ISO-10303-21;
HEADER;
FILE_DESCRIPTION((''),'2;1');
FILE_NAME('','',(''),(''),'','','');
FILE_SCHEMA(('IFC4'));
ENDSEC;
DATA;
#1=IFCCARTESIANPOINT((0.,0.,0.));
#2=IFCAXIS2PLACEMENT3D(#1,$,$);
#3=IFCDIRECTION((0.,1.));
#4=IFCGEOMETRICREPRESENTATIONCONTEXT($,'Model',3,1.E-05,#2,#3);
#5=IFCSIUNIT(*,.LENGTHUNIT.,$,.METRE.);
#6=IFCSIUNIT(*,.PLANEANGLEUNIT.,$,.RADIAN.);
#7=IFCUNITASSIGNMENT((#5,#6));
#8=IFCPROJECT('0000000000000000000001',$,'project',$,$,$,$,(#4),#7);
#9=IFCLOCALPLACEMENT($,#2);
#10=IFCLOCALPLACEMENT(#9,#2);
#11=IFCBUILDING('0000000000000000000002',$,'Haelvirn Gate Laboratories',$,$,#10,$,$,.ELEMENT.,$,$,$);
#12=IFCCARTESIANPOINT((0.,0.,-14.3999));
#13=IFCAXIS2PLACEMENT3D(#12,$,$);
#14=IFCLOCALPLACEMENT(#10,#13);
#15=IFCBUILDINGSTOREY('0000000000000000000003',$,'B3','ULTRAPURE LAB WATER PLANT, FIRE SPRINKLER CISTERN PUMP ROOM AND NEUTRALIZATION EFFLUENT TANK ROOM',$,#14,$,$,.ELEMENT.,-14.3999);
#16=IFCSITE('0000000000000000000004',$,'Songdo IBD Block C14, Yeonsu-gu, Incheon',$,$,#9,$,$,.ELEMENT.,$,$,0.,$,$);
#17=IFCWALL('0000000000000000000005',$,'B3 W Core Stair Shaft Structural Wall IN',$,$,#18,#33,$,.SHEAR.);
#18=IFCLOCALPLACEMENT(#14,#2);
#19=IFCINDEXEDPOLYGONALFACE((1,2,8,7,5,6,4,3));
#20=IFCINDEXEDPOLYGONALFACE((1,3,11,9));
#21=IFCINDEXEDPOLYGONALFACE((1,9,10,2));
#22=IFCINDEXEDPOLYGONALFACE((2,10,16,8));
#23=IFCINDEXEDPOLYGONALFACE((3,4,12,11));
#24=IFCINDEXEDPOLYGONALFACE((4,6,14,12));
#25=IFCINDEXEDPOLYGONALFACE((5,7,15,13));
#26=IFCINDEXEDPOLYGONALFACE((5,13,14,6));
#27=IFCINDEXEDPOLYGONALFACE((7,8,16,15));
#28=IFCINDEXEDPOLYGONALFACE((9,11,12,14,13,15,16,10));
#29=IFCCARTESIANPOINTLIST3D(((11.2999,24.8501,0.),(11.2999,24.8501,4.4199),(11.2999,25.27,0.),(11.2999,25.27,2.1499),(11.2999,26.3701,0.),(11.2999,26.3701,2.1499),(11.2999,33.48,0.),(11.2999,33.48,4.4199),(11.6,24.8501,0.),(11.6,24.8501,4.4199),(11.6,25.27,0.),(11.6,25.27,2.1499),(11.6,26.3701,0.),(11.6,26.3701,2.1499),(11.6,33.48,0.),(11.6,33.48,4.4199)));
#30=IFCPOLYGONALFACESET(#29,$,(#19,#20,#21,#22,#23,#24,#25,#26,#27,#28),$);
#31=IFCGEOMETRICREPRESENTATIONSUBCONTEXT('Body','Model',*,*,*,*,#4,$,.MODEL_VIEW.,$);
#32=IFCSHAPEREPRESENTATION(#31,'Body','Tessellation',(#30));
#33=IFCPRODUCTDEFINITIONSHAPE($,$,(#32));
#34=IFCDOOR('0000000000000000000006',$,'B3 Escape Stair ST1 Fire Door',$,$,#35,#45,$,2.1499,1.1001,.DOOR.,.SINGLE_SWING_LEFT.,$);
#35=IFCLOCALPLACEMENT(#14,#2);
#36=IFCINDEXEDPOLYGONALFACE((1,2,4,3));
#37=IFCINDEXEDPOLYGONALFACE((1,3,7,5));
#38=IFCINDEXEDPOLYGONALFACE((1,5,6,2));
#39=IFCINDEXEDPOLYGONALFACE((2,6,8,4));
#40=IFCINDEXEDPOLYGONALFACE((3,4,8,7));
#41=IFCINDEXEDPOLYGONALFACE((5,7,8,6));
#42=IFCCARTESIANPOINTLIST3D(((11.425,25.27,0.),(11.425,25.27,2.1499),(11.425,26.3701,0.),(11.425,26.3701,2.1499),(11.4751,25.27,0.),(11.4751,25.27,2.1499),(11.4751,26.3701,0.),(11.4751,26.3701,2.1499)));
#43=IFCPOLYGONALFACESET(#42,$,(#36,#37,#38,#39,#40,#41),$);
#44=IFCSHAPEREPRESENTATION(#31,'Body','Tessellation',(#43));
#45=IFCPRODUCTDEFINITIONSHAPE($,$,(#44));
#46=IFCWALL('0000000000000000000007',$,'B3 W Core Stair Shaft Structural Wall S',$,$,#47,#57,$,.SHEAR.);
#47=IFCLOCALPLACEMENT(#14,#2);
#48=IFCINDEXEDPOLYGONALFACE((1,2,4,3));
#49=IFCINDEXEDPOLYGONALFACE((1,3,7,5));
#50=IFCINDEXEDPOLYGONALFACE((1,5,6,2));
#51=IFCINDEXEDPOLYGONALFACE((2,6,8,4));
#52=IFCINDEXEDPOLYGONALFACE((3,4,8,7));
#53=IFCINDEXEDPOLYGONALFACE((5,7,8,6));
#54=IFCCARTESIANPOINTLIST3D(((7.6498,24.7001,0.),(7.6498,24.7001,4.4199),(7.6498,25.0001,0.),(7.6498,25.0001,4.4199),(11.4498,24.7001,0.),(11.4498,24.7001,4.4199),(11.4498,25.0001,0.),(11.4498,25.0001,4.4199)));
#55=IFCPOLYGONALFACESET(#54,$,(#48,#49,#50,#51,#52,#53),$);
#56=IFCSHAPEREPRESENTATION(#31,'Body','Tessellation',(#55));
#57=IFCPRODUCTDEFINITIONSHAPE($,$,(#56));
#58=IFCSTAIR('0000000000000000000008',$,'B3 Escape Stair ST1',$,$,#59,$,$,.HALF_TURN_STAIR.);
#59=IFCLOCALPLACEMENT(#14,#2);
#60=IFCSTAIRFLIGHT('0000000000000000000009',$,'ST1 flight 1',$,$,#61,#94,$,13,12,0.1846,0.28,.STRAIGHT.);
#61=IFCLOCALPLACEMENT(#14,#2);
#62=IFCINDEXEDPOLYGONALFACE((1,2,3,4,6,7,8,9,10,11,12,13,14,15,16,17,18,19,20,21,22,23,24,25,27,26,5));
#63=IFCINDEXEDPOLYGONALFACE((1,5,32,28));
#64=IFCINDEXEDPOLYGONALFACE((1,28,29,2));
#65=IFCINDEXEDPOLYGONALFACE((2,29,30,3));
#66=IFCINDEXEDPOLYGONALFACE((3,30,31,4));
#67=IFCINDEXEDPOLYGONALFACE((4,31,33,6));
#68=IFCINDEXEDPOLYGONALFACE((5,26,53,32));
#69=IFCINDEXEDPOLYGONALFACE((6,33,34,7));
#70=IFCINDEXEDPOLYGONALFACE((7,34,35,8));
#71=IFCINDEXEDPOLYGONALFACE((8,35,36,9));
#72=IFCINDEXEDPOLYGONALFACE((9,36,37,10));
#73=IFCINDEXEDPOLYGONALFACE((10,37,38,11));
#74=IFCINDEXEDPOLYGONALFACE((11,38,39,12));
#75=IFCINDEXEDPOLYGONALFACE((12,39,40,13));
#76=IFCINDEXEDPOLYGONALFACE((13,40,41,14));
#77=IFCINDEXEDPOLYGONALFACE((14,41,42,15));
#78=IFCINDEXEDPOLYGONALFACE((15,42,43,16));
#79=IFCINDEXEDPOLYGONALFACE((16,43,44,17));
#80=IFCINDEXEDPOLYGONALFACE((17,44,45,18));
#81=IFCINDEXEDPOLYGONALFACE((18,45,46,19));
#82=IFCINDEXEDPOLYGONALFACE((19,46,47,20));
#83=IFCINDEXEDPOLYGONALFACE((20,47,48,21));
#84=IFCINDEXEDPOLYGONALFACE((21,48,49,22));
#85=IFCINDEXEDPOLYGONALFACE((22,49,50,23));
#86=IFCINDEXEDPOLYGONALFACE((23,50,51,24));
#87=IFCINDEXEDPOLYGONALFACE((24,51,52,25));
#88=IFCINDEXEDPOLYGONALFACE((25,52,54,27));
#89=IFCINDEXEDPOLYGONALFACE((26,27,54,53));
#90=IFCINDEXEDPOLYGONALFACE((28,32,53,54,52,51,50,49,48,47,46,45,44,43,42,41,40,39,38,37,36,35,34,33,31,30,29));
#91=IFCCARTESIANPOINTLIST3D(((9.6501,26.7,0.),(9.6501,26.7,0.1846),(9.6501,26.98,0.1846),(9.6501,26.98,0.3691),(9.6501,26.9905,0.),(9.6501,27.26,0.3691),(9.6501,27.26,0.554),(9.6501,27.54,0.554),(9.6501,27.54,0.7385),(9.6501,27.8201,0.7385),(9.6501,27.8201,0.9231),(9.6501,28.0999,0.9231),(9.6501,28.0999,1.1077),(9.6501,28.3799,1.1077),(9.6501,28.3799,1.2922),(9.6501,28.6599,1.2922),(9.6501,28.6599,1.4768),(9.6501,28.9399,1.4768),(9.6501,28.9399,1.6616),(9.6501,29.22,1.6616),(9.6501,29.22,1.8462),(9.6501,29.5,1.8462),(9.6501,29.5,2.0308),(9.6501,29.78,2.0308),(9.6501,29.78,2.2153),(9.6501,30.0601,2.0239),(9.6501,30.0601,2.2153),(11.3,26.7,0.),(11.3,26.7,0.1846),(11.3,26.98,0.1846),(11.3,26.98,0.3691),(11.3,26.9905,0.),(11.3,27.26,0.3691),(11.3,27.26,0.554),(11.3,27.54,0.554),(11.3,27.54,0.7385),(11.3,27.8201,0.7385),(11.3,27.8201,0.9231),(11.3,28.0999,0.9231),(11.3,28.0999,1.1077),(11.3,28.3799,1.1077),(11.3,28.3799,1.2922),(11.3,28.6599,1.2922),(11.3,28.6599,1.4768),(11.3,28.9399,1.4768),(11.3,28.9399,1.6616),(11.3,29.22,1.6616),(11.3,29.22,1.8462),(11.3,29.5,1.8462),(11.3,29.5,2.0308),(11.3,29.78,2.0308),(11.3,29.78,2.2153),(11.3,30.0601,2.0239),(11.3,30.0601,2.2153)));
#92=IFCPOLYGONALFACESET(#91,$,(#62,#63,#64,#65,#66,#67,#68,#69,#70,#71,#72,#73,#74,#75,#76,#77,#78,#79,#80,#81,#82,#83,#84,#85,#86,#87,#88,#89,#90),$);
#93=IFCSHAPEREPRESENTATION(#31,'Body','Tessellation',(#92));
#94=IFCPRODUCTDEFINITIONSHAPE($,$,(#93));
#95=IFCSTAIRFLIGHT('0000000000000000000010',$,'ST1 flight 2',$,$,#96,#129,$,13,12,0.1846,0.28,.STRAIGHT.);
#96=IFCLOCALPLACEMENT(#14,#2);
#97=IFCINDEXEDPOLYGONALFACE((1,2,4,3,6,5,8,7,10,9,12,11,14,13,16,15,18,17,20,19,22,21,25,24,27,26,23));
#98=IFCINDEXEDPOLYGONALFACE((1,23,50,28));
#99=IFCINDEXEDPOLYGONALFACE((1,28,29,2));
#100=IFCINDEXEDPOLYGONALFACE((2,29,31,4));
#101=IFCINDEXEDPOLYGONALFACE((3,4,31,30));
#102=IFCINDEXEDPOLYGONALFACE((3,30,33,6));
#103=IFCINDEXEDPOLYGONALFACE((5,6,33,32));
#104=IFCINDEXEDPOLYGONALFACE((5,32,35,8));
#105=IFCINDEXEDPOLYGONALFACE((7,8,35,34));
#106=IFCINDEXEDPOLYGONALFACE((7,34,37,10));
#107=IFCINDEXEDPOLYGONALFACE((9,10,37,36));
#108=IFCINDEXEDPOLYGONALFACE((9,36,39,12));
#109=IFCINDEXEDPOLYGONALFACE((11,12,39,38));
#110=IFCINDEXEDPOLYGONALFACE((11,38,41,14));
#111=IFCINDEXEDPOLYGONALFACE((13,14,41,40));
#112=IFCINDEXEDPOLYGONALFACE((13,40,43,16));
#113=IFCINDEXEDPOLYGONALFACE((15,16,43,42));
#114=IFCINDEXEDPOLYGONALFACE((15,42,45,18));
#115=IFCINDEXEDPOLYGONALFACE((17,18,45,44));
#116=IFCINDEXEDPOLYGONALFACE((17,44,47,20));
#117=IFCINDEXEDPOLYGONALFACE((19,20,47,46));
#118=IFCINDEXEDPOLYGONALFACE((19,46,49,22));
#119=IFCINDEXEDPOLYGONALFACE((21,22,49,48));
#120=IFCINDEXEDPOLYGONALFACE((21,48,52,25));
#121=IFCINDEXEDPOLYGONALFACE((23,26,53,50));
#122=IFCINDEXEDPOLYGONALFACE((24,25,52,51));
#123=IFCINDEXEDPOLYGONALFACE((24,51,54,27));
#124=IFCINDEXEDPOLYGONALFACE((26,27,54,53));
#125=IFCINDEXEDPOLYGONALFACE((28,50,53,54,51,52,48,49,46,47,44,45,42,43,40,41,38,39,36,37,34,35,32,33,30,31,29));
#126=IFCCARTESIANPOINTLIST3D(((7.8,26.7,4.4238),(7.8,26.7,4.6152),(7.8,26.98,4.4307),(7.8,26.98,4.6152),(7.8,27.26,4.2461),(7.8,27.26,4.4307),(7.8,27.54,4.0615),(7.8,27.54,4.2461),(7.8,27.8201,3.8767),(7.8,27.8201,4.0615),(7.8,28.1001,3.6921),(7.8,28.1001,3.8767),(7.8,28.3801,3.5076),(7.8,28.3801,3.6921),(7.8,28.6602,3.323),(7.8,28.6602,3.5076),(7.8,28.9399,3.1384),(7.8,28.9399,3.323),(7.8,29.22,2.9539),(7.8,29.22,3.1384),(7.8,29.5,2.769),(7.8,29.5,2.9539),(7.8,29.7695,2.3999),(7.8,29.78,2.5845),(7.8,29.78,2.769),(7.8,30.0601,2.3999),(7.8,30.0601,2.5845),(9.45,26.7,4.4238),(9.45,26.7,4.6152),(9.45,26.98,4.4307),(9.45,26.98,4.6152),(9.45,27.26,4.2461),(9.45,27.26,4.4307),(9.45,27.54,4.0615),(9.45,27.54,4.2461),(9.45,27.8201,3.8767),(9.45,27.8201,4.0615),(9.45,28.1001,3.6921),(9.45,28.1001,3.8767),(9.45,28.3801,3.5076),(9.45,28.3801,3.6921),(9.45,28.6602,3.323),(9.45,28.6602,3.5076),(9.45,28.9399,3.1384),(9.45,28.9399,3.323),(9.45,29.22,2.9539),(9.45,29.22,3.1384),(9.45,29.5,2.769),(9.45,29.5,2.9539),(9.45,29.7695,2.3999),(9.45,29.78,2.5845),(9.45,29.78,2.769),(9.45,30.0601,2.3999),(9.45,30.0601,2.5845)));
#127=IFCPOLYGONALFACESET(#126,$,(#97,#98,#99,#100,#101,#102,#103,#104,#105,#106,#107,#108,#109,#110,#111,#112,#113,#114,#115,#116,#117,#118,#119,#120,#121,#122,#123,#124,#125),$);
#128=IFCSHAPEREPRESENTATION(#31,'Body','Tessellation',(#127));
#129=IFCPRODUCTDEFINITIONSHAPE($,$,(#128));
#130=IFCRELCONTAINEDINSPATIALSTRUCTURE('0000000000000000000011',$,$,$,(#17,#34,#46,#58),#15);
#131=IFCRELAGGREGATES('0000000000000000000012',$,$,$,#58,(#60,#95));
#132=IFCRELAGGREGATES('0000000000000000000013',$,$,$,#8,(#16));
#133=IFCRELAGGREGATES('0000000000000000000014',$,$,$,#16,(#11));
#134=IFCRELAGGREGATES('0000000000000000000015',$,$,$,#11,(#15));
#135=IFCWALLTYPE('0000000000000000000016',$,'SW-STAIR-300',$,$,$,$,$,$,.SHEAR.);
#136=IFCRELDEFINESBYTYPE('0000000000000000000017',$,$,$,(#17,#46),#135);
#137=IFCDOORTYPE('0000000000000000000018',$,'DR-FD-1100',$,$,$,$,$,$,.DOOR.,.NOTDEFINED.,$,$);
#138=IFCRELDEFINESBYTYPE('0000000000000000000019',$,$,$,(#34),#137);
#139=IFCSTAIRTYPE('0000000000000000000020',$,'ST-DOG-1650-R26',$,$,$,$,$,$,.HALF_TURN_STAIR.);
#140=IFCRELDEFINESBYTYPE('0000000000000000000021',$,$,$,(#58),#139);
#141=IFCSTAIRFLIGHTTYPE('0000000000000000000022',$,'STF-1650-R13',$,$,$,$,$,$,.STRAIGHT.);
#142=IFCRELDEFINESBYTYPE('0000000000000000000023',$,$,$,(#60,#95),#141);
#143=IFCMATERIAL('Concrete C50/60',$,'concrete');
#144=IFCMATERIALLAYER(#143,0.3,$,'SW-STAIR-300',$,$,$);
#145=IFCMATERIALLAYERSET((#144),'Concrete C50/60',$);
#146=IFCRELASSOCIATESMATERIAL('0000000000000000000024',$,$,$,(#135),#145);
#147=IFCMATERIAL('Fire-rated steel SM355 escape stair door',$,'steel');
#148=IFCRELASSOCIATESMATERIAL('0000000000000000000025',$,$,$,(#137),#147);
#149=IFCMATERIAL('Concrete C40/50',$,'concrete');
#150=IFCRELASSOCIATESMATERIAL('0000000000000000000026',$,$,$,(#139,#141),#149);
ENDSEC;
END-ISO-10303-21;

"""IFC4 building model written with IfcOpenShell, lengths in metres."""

from ifc_helpers import new_model, si_unit, direction, frame, frame_2d, origin, place, context, subcontext, project, spatial, polyline, rectangle, outline, extrude, source, transform, mapped, material, layer, layer_set, type_object, type_shapes, element, fill, aggregate, save


model = new_model("IFC4")

# Units and contexts
model_context = context("Model", 3, precision=1e-05, world=origin(), true_north=direction((0.0, 1.0)))
body_context = subcontext(model_context, "Body", "Model", "MODEL_VIEW")
ifc_project = project(units=[si_unit("LENGTHUNIT", "METRE"), si_unit("PLANEANGLEUNIT", "RADIAN")], contexts=[model_context])

# Site, building, storey
site_placement = place(None, origin())
site = spatial("IfcSite", under=ifc_project, at=site_placement, Name="Songdo IBD Block C14, Yeonsu-gu, Incheon", CompositionType="ELEMENT", RefElevation=0.0)
building_placement = place(site_placement, origin())
building = spatial("IfcBuilding", under=site, at=building_placement, Name="Haelvirn Gate Laboratories", CompositionType="ELEMENT")
storey_placement = place(building_placement, frame((0.0, 0.0, -14.3999)))
storey = spatial("IfcBuildingStorey", under=building, at=storey_placement, Name="B3", Description="ULTRAPURE LAB WATER PLANT, FIRE SPRINKLER CISTERN PUMP ROOM AND NEUTRALIZATION EFFLUENT TANK ROOM", CompositionType="ELEMENT", Elevation=-14.3999)

# Shared definitions
ifc_material_1 = material(Name="Concrete C50/60", Category="concrete")

# Shared definitions
ifc_material_2 = material(Name="Concrete C40/50", Category="concrete")

# Wall, opening, door
ifc_layer_1 = layer(ifc_material_1, 0.3, Name="SW-STAIR-300")
ifc_layer_set_1 = layer_set([ifc_layer_1], Name="Concrete C50/60")
wall_type_1 = type_object("IfcWallType", Name="SW-STAIR-300", PredefinedType="SHEAR", material=ifc_layer_set_1)
wall_1_placement = place(storey_placement, frame((11.45, 24.8501, 0.0), z_axis=(0.0, 0.0, 1.0), x_axis=(0.0, 1.0, 0.0)))
wall_1 = element("IfcWall", 1, at=wall_1_placement, inside=storey, type_object=wall_type_1, Name="B3 W Core Stair Shaft Structural Wall IN", PredefinedType="SHEAR", context=body_context, shape_type="SweptSolid", body=[
    extrude(rectangle(XDim=8.6299, YDim=0.3, at=frame_2d((4.3149, 0.0))), origin(), (0.0, 0.0, 1.0), 4.4199),
])
opening_1_placement = place(wall_1_placement, frame((0.4199, 0.0, 0.0)))
opening_1 = element("IfcOpeningElement", 2, at=opening_1_placement, cuts=wall_1, PredefinedType="OPENING", context=body_context, shape_type="SweptSolid", body=[
    extrude(rectangle(XDim=1.1001, YDim=2.1499, at=frame_2d((0.55, 1.075))), frame((0.0, 0.1602, 0.0), z_axis=(0.0, -1.0, 0.0), x_axis=(1.0, 0.0, 0.0)), (0.0, 0.0, 1.0), 0.3201),
])
ifc_material_3 = material(Name="Fire-rated steel SM355 escape stair door", Category="steel")
door_type_1 = type_object("IfcDoorType", Name="DR-FD-1100", OperationType="NOTDEFINED", PredefinedType="DOOR", material=ifc_material_3)
shared_shape_1 = source(origin(), body_context, "Body", "SweptSolid", [
    extrude(rectangle(XDim=1.1001, YDim=2.1499, at=frame_2d((0.55, 1.075))), frame((0.0, 0.0249, 0.0), z_axis=(0.0, -1.0, 0.0), x_axis=(1.0, 0.0, 0.0)), (0.0, 0.0, 1.0), 0.05),
])
type_shapes(door_type_1, [shared_shape_1])
door_1_placement = place(opening_1_placement, origin())
door_1 = element("IfcDoor", 3, at=door_1_placement, inside=storey, type_object=door_type_1, Name="B3 Escape Stair ST1 Fire Door", OperationType="SINGLE_SWING_LEFT", OverallHeight=2.1499, OverallWidth=1.1001, PredefinedType="DOOR", context=body_context, shape_type="MappedRepresentation", body=[
    mapped(shared_shape_1, transform((0.0, 0.0, 0.0), scale=1.0)),
])
fill(opening_1, door_1)

# Wall
wall_2_placement = place(storey_placement, frame((7.6499, 24.8501, 0.0), z_axis=(0.0, 0.0, 1.0), x_axis=(1.0, 0.0, 0.0)))
element("IfcWall", 4, at=wall_2_placement, inside=storey, type_object=wall_type_1, Name="B3 W Core Stair Shaft Structural Wall S", PredefinedType="SHEAR", context=body_context, shape_type="SweptSolid", body=[
    extrude(rectangle(XDim=3.8, YDim=0.3, at=frame_2d((1.8999, 0.0))), origin(), (0.0, 0.0, 1.0), 4.4199),
])

# Stair, stair flights
stair_type = type_object("IfcStairType", Name="ST-DOG-1650-R26", PredefinedType="HALF_TURN_STAIR", material=ifc_material_2)
stair_placement = place(storey_placement, origin())
stair = element("IfcStair", 5, at=stair_placement, inside=storey, type_object=stair_type, Name="B3 Escape Stair ST1", PredefinedType="HALF_TURN_STAIR")
stair_flight_type = type_object("IfcStairFlightType", Name="STF-1650-R13", PredefinedType="STRAIGHT", material=ifc_material_2)
shared_shape_2 = source(origin(), body_context, "Body", "SweptSolid", [
    extrude(outline(polyline([(0.0, 0.0), (0.0, 0.1846), (0.28, 0.1846), (0.28, 0.3691), (0.5601, 0.3691), (0.5601, 0.554), (0.8401, 0.554), (0.8401, 0.7385), (1.1201, 0.7385), (1.1201, 0.9231), (1.3999, 0.9231), (1.3999, 1.1077), (1.6799, 1.1077), (1.6799, 1.2922), (1.96, 1.2922), (1.96, 1.4768), (2.24, 1.4768), (2.24, 1.6616), (2.52, 1.6616), (2.52, 1.8462), (2.8, 1.8462), (2.8, 2.0308), (3.0801, 2.0308), (3.0801, 2.2153), (3.3601, 2.2153), (3.3601, 2.3999), (3.3601, 2.0239), (0.2905, 0.0), (0.0, 0.0)])), frame((0.0, 0.825, 0.0), z_axis=(0.0, -1.0, 0.0), x_axis=(1.0, 0.0, 0.0)), (0.0, 0.0, 1.0), 1.6499),
])
type_shapes(stair_flight_type, [shared_shape_2])
stair_flight_1_placement = place(storey_placement, frame((10.4751, 26.7, 0.0), z_axis=(0.0, 0.0, 1.0), x_axis=(0.0, 1.0, 0.0)))
stair_flight_1 = element("IfcStairFlight", 6, at=stair_flight_1_placement, type_object=stair_flight_type, Name="ST1 flight 1", NumberOfRisers=13, NumberOfTreads=12, PredefinedType="STRAIGHT", RiserHeight=0.1846, TreadLength=0.28, context=body_context, shape_type="MappedRepresentation", body=[
    mapped(shared_shape_2, transform((0.0, 0.0, 0.0), scale=1.0)),
])
stair_flight_2_placement = place(storey_placement, frame((8.625, 30.0601, 2.3999), z_axis=(0.0, 0.0, 1.0), x_axis=(0.0, -1.0, 0.0)))
stair_flight_2 = element("IfcStairFlight", 7, at=stair_flight_2_placement, type_object=stair_flight_type, Name="ST1 flight 2", NumberOfRisers=13, NumberOfTreads=12, PredefinedType="STRAIGHT", RiserHeight=0.1846, TreadLength=0.28, context=body_context, shape_type="MappedRepresentation", body=[
    mapped(shared_shape_2, transform((0.0, 0.0, 0.0), scale=1.0)),
])
aggregate(stair, [stair_flight_1, stair_flight_2])

save(model, "model.ifc")
